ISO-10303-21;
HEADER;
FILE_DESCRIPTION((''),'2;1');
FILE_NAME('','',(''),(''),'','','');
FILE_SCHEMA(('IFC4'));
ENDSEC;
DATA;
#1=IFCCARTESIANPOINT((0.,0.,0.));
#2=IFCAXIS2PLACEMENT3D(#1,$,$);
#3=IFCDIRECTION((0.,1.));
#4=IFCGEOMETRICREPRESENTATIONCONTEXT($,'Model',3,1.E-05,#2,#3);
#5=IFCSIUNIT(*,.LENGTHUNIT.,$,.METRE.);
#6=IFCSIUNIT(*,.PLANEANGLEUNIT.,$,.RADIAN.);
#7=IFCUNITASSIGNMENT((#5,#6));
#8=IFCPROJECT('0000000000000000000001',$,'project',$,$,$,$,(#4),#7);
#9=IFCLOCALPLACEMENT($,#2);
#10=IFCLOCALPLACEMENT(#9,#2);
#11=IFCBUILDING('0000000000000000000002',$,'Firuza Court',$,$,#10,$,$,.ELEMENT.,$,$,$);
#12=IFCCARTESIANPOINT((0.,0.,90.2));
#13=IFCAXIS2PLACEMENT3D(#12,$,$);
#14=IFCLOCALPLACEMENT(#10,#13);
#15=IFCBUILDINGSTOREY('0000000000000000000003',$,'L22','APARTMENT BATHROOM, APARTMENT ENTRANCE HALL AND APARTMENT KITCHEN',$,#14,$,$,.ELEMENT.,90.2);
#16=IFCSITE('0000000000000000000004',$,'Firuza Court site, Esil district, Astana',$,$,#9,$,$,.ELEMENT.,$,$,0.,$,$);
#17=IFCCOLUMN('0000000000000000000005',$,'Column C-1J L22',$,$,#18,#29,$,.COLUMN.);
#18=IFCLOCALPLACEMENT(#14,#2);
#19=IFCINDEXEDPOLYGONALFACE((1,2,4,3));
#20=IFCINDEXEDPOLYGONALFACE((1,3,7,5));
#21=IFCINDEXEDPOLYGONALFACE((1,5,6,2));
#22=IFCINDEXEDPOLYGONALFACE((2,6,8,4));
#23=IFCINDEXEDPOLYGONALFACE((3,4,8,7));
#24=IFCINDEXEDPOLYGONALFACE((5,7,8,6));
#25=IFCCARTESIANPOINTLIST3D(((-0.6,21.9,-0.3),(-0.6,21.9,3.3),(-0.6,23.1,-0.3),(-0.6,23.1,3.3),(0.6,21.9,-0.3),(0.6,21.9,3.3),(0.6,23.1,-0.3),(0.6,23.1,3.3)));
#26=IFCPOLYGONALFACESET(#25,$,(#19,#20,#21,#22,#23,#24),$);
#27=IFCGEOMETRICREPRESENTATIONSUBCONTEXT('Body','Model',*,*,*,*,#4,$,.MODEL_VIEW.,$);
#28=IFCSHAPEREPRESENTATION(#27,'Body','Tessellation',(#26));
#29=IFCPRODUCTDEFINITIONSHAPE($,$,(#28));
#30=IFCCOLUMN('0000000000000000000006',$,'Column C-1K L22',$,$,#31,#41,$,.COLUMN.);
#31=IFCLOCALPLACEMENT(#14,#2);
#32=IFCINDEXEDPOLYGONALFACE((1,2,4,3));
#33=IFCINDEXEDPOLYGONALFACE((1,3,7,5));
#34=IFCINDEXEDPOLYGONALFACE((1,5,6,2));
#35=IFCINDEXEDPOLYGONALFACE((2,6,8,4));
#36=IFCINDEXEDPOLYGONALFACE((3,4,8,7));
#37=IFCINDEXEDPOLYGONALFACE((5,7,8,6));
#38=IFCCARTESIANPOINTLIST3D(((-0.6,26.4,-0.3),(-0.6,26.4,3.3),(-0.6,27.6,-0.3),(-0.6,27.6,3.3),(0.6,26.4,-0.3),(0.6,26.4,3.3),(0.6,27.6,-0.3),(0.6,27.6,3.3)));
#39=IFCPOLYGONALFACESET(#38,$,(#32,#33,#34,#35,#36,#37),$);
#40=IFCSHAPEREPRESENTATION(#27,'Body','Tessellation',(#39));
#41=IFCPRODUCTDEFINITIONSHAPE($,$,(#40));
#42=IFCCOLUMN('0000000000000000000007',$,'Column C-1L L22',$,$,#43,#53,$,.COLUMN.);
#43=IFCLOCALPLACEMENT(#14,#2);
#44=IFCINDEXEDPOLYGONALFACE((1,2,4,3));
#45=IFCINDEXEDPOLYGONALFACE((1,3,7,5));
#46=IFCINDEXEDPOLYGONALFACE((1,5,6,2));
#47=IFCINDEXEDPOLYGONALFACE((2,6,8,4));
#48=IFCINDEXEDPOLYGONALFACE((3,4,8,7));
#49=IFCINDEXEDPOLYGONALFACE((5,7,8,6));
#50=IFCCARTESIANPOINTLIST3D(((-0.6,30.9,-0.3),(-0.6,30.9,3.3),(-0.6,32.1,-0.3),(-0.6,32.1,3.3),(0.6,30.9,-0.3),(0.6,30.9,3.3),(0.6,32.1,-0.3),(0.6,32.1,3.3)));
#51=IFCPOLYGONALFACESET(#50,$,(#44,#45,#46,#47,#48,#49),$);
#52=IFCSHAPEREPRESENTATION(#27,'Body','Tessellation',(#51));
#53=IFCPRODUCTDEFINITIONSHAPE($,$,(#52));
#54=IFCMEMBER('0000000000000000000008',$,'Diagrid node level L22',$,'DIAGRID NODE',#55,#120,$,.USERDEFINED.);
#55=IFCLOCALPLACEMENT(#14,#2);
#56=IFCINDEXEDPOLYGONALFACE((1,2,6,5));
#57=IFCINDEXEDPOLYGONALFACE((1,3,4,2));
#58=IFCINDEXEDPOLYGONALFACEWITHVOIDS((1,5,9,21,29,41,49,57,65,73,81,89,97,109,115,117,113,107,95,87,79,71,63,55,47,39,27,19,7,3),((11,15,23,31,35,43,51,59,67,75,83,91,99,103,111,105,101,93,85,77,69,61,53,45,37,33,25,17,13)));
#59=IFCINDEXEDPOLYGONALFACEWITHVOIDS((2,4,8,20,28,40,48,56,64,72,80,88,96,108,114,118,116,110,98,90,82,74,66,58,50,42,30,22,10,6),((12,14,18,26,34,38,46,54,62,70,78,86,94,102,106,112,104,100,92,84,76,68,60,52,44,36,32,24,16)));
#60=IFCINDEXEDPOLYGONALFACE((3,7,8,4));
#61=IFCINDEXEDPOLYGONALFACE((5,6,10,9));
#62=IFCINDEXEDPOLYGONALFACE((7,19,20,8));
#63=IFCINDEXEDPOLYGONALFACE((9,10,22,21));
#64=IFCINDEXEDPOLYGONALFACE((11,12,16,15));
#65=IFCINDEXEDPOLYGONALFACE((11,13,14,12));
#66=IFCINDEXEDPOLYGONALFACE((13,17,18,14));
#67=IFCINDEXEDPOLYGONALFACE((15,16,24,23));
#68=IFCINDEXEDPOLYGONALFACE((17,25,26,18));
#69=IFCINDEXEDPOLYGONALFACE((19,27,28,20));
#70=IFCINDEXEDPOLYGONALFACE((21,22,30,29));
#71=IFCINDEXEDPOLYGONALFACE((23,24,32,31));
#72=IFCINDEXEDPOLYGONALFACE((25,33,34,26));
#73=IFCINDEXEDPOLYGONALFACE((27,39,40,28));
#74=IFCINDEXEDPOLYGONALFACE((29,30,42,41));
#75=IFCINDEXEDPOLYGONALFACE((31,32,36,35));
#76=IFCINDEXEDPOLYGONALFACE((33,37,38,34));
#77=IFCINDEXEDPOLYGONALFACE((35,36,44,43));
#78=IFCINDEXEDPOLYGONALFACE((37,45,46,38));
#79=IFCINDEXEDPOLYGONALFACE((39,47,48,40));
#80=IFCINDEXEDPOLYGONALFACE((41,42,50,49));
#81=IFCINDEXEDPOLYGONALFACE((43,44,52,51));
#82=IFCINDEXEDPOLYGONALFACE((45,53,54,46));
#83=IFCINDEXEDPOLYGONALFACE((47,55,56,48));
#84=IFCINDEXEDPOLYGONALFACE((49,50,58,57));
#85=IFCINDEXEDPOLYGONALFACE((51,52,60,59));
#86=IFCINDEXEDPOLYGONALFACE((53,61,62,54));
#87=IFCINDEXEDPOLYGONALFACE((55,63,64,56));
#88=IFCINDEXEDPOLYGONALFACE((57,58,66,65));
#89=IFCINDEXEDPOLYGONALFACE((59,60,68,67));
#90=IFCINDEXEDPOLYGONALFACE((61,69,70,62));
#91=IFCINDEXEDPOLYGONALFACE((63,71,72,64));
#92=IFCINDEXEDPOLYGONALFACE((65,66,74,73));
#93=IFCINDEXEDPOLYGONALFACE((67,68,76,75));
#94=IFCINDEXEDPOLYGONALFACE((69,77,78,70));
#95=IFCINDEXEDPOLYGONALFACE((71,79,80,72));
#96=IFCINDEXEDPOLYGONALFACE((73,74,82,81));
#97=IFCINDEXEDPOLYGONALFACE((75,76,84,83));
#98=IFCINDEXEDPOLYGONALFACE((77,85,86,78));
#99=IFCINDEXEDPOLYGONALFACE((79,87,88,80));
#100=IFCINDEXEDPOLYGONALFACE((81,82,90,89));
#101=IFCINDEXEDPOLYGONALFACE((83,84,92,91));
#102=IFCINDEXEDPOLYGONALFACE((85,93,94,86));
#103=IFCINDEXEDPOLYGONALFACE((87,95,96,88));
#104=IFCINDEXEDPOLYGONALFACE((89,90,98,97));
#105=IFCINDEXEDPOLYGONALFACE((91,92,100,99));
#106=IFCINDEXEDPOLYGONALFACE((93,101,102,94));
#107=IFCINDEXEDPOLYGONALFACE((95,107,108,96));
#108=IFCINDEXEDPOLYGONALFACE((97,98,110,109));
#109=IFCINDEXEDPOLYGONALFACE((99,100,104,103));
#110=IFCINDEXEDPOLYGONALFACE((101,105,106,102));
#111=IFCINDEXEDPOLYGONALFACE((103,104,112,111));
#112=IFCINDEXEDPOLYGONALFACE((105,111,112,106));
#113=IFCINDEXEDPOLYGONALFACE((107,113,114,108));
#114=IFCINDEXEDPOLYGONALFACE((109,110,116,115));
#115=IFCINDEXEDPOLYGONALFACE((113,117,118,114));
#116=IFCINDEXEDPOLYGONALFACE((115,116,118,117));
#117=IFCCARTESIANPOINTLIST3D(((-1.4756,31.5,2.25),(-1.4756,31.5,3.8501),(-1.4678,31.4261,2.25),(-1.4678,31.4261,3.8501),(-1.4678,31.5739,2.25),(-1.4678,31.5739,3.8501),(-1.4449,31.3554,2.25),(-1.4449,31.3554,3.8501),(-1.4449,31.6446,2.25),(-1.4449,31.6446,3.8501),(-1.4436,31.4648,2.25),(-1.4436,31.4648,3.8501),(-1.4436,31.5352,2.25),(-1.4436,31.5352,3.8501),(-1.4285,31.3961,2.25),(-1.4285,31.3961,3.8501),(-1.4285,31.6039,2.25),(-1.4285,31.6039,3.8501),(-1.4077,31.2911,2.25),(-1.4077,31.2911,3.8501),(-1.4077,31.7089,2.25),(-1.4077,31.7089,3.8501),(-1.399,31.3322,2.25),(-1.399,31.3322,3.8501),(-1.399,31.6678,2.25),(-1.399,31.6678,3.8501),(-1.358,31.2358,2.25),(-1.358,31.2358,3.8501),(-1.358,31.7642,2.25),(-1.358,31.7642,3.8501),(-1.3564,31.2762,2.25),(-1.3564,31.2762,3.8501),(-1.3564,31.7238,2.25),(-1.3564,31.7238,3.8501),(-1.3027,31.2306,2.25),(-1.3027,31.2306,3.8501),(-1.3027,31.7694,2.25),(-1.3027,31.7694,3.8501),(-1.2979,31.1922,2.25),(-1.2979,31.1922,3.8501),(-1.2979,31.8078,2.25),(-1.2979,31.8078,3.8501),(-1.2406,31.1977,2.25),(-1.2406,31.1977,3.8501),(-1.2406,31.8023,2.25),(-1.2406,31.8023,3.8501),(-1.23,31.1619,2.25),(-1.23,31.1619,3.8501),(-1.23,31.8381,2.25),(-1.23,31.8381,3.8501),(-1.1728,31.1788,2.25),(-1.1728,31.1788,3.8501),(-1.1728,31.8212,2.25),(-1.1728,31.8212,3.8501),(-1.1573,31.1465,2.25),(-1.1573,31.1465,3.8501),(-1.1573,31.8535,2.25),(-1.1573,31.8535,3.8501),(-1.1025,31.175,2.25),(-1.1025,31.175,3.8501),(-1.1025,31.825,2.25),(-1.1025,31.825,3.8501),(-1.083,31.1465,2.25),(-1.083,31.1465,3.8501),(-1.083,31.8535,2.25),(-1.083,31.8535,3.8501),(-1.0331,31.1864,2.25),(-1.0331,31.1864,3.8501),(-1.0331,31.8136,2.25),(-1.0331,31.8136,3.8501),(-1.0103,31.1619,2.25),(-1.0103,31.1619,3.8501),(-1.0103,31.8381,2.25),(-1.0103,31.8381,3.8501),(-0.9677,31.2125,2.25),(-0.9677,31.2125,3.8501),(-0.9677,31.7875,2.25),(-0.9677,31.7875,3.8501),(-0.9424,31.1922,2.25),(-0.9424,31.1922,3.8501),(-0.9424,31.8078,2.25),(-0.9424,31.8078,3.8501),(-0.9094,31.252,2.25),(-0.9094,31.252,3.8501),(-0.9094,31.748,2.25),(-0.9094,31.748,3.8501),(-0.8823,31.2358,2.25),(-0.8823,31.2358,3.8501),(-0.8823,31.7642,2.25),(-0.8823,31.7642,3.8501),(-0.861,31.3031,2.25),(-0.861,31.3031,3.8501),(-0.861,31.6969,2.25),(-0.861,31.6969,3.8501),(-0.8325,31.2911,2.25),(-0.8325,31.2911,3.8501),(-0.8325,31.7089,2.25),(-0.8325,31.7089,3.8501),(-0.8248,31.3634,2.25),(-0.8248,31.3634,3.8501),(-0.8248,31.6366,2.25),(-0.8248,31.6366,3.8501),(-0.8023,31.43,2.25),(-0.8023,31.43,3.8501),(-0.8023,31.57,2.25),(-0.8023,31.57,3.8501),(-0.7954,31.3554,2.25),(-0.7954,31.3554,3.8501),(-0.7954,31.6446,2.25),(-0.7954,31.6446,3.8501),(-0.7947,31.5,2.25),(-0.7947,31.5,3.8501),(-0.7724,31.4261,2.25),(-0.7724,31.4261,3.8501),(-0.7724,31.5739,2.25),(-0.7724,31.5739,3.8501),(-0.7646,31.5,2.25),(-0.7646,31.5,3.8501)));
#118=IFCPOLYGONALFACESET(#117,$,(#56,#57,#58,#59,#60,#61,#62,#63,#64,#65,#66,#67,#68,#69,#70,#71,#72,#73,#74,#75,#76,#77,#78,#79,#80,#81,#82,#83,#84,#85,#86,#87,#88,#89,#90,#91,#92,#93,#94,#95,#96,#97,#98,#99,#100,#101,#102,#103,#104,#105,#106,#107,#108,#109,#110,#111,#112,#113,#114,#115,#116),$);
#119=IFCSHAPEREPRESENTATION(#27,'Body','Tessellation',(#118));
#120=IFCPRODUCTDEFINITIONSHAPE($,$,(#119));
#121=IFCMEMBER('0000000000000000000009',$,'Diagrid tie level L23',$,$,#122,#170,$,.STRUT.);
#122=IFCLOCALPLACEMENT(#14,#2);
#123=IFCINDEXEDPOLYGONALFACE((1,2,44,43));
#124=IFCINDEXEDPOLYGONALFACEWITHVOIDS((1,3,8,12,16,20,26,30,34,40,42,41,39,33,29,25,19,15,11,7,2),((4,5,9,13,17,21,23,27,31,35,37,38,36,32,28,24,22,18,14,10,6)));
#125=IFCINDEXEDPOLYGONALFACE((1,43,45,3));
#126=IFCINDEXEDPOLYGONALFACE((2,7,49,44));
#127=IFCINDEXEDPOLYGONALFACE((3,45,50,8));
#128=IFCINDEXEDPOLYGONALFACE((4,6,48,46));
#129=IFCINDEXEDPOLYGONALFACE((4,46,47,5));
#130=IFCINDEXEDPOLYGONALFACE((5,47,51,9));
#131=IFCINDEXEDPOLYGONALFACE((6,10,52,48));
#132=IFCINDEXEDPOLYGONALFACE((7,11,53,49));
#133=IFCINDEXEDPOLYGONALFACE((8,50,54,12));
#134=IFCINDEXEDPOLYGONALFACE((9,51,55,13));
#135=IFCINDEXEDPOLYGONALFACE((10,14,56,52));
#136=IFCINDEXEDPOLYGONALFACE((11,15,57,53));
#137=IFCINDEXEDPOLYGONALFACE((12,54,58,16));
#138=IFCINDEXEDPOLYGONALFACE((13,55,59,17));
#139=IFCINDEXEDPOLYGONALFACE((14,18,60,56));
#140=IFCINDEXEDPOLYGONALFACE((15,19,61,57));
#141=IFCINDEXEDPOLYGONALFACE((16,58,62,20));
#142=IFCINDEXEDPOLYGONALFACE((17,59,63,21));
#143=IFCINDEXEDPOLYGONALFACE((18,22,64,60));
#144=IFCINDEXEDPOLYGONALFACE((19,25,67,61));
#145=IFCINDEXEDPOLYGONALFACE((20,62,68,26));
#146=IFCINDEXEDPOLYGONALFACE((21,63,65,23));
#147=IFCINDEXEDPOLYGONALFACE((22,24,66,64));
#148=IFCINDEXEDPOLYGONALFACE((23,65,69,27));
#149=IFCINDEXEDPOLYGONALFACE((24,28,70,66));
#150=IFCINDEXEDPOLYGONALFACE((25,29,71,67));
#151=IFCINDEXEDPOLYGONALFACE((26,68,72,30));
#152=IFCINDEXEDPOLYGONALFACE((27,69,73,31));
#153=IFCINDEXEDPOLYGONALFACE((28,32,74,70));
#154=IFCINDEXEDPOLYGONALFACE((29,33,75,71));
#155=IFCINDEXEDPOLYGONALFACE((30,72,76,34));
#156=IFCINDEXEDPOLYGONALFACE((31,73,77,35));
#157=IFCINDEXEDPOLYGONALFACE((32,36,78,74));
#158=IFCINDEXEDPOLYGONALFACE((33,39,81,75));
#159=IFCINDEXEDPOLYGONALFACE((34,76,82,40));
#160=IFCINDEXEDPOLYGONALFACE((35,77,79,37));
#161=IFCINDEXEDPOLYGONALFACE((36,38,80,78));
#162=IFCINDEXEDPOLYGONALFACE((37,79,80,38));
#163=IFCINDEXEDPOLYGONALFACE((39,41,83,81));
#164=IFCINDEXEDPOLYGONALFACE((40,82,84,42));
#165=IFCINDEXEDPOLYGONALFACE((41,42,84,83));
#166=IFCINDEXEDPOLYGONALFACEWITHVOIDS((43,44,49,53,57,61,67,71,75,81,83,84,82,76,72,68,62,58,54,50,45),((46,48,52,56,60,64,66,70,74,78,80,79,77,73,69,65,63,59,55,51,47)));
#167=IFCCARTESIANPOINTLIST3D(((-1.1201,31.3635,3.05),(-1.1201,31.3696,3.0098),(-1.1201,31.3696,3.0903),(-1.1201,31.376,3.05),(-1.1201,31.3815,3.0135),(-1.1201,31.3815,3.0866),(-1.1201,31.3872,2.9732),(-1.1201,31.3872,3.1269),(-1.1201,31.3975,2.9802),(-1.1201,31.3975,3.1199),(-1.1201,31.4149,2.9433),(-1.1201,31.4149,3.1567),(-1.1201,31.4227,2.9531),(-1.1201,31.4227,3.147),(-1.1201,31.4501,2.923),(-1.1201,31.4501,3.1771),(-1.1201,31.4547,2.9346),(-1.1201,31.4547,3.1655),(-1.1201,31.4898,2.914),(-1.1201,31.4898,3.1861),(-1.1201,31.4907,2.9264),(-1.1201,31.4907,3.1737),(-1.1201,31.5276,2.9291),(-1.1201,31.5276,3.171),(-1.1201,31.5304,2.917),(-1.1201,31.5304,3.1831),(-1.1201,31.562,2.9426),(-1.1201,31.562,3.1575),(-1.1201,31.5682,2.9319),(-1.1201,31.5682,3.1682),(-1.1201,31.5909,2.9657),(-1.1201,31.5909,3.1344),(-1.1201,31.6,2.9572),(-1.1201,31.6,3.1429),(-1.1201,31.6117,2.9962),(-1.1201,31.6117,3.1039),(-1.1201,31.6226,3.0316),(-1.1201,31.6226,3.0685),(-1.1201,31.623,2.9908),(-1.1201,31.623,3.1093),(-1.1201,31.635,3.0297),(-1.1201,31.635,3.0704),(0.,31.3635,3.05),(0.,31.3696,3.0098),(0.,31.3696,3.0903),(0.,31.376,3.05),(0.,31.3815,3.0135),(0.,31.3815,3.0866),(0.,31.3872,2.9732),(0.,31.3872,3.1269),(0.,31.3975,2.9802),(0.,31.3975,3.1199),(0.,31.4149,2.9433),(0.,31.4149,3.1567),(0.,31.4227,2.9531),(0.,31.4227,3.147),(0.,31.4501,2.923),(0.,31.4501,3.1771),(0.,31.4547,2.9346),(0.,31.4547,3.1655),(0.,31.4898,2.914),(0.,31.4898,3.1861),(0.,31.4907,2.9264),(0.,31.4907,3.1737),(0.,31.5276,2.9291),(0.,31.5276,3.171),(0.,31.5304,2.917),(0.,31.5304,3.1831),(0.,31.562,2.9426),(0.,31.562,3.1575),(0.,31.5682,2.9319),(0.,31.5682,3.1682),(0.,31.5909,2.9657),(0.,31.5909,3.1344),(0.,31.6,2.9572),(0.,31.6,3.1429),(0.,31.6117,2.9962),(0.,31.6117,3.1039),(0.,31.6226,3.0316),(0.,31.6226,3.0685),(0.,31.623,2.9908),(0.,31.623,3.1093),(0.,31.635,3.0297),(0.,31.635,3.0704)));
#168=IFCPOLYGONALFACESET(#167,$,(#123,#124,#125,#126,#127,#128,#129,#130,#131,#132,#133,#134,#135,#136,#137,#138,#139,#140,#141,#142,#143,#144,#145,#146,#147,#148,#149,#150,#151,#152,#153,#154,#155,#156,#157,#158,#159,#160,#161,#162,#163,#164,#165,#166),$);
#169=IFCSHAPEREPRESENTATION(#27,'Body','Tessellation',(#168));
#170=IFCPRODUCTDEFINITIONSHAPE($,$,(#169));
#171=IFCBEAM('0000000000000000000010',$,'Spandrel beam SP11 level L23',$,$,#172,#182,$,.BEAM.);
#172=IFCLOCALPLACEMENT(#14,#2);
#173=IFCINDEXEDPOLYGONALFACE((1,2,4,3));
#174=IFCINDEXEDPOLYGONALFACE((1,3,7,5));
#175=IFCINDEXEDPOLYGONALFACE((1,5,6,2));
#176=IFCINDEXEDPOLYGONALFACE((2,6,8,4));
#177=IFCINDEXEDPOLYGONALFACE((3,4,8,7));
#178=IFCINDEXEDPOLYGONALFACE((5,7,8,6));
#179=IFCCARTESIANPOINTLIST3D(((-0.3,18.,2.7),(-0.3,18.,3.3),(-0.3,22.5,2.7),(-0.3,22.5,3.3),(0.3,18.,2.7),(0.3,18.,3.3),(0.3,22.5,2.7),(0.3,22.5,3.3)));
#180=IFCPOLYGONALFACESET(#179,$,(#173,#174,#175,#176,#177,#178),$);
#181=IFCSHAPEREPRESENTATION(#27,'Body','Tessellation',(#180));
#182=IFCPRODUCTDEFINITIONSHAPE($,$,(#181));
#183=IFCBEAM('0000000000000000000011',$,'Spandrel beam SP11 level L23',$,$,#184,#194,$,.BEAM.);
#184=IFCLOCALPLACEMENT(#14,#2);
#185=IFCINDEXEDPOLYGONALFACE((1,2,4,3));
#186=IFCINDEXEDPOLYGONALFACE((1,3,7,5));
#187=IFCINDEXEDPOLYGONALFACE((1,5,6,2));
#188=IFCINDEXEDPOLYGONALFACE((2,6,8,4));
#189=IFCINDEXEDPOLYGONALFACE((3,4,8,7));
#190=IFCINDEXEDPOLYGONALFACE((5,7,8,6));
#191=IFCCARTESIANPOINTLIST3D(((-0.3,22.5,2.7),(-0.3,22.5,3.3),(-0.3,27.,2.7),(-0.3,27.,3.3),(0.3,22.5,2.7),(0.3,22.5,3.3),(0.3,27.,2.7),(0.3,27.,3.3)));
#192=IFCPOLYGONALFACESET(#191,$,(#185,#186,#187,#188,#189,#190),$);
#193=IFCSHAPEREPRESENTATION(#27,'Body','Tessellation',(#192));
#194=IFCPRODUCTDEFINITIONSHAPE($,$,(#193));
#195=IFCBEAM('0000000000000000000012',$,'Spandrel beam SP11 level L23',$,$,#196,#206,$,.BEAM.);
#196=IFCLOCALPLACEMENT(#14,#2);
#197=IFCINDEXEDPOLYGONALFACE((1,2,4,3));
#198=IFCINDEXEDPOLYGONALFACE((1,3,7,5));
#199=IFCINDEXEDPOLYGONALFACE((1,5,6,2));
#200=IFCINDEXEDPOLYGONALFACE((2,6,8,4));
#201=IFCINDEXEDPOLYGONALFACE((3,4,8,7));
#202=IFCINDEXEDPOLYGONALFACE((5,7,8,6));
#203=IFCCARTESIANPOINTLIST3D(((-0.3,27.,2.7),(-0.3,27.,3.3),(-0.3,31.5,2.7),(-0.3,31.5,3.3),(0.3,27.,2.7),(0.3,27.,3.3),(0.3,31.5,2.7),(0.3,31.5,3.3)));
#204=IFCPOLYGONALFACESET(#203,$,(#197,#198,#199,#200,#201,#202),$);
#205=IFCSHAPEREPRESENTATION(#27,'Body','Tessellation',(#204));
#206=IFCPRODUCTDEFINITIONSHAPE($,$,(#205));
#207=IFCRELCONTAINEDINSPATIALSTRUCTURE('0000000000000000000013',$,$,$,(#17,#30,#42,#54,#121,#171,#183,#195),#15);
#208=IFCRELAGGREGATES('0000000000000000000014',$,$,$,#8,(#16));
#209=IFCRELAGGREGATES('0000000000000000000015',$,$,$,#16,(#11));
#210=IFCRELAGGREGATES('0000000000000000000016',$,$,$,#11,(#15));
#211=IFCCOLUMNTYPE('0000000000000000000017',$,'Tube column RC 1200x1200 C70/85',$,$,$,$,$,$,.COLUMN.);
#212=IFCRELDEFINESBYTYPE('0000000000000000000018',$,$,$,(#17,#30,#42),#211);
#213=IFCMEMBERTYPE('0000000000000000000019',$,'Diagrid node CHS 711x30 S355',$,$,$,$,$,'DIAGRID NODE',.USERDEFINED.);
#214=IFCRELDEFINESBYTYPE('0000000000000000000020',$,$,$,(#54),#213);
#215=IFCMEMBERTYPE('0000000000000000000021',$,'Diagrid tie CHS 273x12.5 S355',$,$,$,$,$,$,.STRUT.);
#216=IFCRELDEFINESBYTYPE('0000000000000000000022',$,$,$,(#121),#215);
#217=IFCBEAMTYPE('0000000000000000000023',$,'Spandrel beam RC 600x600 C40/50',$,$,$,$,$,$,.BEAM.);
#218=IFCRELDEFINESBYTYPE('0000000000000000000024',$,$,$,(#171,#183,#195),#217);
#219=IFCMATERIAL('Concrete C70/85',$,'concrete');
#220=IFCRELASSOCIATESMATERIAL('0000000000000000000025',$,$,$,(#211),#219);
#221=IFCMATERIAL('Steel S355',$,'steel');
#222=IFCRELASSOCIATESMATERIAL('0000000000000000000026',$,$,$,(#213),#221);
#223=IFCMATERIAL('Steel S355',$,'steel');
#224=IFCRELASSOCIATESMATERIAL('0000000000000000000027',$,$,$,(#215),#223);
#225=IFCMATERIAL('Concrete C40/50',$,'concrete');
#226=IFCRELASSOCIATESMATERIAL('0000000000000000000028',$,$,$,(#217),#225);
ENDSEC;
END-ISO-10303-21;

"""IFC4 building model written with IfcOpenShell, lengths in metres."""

from ifc_helpers import new_model, si_unit, direction, frame, origin, origin_2d, place, context, subcontext, project, spatial, rectangle, hollow_circle, extrude, material, material_profile, profile_set, type_object, element, save


model = new_model("IFC4")

# Units and contexts
model_context = context("Model", 3, precision=1e-05, world=origin(), true_north=direction((0.0, 1.0)))
body_context = subcontext(model_context, "Body", "Model", "MODEL_VIEW")
ifc_project = project(units=[si_unit("LENGTHUNIT", "METRE"), si_unit("PLANEANGLEUNIT", "RADIAN")], contexts=[model_context])

# Site, building, storey
site_placement = place(None, origin())
site = spatial("IfcSite", under=ifc_project, at=site_placement, Name="Firuza Court site, Esil district, Astana", CompositionType="ELEMENT", RefElevation=0.0)
building_placement = place(site_placement, origin())
building = spatial("IfcBuilding", under=site, at=building_placement, Name="Firuza Court", CompositionType="ELEMENT")
storey_placement = place(building_placement, frame((0.0, 0.0, 90.2)))
storey = spatial("IfcBuildingStorey", under=building, at=storey_placement, Name="L22", Description="APARTMENT BATHROOM, APARTMENT ENTRANCE HALL AND APARTMENT KITCHEN", CompositionType="ELEMENT", Elevation=90.2)

# Columns
ifc_material_1 = material(Name="Concrete C70/85", Category="concrete")
ifc_material_profile_1 = material_profile(ifc_material_1, rectangle(XDim=1.2, YDim=1.2, at=origin_2d()), Name="RC 1200x1200")
ifc_profile_set_1 = profile_set([ifc_material_profile_1], Name="Concrete C70/85")
column_type = type_object("IfcColumnType", Name="Tube column RC 1200x1200 C70/85", PredefinedType="COLUMN", material=ifc_profile_set_1)
for number, where, z_axis, x_axis, name in (
    (1, (0.0, 22.5, -0.3), (0.0, 0.0, 1.0), (1.0, 0.0, 0.0), "Column C-1J L22"),
    (2, (0.0, 27.0, -0.3), (0.0, 0.0, 1.0), (1.0, 0.0, 0.0), "Column C-1K L22"),
    (3, (0.0, 31.5, -0.3), (0.0, 0.0, 1.0), (1.0, 0.0, 0.0), "Column C-1L L22"),
):
    element("IfcColumn", number, at=place(storey_placement, frame(where, z_axis=z_axis, x_axis=x_axis)), inside=storey, type_object=column_type, Name=name, PredefinedType="COLUMN", context=body_context, shape_type="SweptSolid", body=[
        extrude(rectangle(XDim=1.2, YDim=1.2, at=origin_2d()), origin(), (0.0, 0.0, 1.0), 3.6001),
    ])

# Members
ifc_material_2 = material(Name="Steel S355", Category="steel")
ifc_material_profile_2 = material_profile(ifc_material_2, hollow_circle(Radius=0.3555, WallThickness=0.03, at=origin_2d()), Name="CHS 711x30")
ifc_profile_set_2 = profile_set([ifc_material_profile_2], Name="Steel S355")
member_type_1 = type_object("IfcMemberType", Name="Diagrid node CHS 711x30 S355", ElementType="DIAGRID NODE", PredefinedType="USERDEFINED", material=ifc_profile_set_2)
member_1_placement = place(storey_placement, frame((-1.1201, 31.5, 2.25), z_axis=(0.0, 0.0, 1.0), x_axis=(1.0, 0.0, 0.0)))
element("IfcMember", 4, at=member_1_placement, inside=storey, type_object=member_type_1, Name="Diagrid node level L22", ObjectType="DIAGRID NODE", PredefinedType="USERDEFINED", context=body_context, shape_type="SweptSolid", body=[
    extrude(hollow_circle(Radius=0.3555, WallThickness=0.03, at=origin_2d()), origin(), (0.0, 0.0, 1.0), 1.6001),
])
ifc_material_3 = material(Name="Steel S355", Category="steel")
ifc_material_profile_3 = material_profile(ifc_material_3, hollow_circle(Radius=0.1365, WallThickness=0.0125, at=origin_2d()), Name="CHS 273x12.5")
ifc_profile_set_3 = profile_set([ifc_material_profile_3], Name="Steel S355")
member_type_2 = type_object("IfcMemberType", Name="Diagrid tie CHS 273x12.5 S355", PredefinedType="STRUT", material=ifc_profile_set_3)
member_2_placement = place(storey_placement, frame((0.0, 31.5, 3.05), z_axis=(-1.0, 0.0, 0.0), x_axis=(0.0, -1.0, 0.0)))
element("IfcMember", 5, at=member_2_placement, inside=storey, type_object=member_type_2, Name="Diagrid tie level L23", PredefinedType="STRUT", context=body_context, shape_type="SweptSolid", body=[
    extrude(hollow_circle(Radius=0.1365, WallThickness=0.0125, at=origin_2d()), origin(), (0.0, 0.0, 1.0), 1.1201),
])

# Beams
ifc_material_4 = material(Name="Concrete C40/50", Category="concrete")
ifc_material_profile_4 = material_profile(ifc_material_4, rectangle(XDim=0.6001, YDim=0.6001, at=origin_2d()), Name="RC 600x600")
ifc_profile_set_4 = profile_set([ifc_material_profile_4], Name="Concrete C40/50")
beam_type = type_object("IfcBeamType", Name="Spandrel beam RC 600x600 C40/50", PredefinedType="BEAM", material=ifc_profile_set_4)
for number, where, z_axis, x_axis, name in (
    (6, (0.0, 22.5, 3.0), (0.0, -1.0, 0.0), (1.0, 0.0, 0.0), "Spandrel beam SP11 level L23"),
    (7, (0.0, 27.0, 3.0), (0.0, -1.0, 0.0), (1.0, 0.0, 0.0), "Spandrel beam SP11 level L23"),
    (8, (0.0, 31.5, 3.0), (0.0, -1.0, 0.0), (1.0, 0.0, 0.0), "Spandrel beam SP11 level L23"),
):
    element("IfcBeam", number, at=place(storey_placement, frame(where, z_axis=z_axis, x_axis=x_axis)), inside=storey, type_object=beam_type, Name=name, PredefinedType="BEAM", context=body_context, shape_type="SweptSolid", body=[
        extrude(rectangle(XDim=0.6001, YDim=0.6001, at=origin_2d()), origin(), (0.0, 0.0, 1.0), 4.5),
    ])

save(model, "model.ifc")
